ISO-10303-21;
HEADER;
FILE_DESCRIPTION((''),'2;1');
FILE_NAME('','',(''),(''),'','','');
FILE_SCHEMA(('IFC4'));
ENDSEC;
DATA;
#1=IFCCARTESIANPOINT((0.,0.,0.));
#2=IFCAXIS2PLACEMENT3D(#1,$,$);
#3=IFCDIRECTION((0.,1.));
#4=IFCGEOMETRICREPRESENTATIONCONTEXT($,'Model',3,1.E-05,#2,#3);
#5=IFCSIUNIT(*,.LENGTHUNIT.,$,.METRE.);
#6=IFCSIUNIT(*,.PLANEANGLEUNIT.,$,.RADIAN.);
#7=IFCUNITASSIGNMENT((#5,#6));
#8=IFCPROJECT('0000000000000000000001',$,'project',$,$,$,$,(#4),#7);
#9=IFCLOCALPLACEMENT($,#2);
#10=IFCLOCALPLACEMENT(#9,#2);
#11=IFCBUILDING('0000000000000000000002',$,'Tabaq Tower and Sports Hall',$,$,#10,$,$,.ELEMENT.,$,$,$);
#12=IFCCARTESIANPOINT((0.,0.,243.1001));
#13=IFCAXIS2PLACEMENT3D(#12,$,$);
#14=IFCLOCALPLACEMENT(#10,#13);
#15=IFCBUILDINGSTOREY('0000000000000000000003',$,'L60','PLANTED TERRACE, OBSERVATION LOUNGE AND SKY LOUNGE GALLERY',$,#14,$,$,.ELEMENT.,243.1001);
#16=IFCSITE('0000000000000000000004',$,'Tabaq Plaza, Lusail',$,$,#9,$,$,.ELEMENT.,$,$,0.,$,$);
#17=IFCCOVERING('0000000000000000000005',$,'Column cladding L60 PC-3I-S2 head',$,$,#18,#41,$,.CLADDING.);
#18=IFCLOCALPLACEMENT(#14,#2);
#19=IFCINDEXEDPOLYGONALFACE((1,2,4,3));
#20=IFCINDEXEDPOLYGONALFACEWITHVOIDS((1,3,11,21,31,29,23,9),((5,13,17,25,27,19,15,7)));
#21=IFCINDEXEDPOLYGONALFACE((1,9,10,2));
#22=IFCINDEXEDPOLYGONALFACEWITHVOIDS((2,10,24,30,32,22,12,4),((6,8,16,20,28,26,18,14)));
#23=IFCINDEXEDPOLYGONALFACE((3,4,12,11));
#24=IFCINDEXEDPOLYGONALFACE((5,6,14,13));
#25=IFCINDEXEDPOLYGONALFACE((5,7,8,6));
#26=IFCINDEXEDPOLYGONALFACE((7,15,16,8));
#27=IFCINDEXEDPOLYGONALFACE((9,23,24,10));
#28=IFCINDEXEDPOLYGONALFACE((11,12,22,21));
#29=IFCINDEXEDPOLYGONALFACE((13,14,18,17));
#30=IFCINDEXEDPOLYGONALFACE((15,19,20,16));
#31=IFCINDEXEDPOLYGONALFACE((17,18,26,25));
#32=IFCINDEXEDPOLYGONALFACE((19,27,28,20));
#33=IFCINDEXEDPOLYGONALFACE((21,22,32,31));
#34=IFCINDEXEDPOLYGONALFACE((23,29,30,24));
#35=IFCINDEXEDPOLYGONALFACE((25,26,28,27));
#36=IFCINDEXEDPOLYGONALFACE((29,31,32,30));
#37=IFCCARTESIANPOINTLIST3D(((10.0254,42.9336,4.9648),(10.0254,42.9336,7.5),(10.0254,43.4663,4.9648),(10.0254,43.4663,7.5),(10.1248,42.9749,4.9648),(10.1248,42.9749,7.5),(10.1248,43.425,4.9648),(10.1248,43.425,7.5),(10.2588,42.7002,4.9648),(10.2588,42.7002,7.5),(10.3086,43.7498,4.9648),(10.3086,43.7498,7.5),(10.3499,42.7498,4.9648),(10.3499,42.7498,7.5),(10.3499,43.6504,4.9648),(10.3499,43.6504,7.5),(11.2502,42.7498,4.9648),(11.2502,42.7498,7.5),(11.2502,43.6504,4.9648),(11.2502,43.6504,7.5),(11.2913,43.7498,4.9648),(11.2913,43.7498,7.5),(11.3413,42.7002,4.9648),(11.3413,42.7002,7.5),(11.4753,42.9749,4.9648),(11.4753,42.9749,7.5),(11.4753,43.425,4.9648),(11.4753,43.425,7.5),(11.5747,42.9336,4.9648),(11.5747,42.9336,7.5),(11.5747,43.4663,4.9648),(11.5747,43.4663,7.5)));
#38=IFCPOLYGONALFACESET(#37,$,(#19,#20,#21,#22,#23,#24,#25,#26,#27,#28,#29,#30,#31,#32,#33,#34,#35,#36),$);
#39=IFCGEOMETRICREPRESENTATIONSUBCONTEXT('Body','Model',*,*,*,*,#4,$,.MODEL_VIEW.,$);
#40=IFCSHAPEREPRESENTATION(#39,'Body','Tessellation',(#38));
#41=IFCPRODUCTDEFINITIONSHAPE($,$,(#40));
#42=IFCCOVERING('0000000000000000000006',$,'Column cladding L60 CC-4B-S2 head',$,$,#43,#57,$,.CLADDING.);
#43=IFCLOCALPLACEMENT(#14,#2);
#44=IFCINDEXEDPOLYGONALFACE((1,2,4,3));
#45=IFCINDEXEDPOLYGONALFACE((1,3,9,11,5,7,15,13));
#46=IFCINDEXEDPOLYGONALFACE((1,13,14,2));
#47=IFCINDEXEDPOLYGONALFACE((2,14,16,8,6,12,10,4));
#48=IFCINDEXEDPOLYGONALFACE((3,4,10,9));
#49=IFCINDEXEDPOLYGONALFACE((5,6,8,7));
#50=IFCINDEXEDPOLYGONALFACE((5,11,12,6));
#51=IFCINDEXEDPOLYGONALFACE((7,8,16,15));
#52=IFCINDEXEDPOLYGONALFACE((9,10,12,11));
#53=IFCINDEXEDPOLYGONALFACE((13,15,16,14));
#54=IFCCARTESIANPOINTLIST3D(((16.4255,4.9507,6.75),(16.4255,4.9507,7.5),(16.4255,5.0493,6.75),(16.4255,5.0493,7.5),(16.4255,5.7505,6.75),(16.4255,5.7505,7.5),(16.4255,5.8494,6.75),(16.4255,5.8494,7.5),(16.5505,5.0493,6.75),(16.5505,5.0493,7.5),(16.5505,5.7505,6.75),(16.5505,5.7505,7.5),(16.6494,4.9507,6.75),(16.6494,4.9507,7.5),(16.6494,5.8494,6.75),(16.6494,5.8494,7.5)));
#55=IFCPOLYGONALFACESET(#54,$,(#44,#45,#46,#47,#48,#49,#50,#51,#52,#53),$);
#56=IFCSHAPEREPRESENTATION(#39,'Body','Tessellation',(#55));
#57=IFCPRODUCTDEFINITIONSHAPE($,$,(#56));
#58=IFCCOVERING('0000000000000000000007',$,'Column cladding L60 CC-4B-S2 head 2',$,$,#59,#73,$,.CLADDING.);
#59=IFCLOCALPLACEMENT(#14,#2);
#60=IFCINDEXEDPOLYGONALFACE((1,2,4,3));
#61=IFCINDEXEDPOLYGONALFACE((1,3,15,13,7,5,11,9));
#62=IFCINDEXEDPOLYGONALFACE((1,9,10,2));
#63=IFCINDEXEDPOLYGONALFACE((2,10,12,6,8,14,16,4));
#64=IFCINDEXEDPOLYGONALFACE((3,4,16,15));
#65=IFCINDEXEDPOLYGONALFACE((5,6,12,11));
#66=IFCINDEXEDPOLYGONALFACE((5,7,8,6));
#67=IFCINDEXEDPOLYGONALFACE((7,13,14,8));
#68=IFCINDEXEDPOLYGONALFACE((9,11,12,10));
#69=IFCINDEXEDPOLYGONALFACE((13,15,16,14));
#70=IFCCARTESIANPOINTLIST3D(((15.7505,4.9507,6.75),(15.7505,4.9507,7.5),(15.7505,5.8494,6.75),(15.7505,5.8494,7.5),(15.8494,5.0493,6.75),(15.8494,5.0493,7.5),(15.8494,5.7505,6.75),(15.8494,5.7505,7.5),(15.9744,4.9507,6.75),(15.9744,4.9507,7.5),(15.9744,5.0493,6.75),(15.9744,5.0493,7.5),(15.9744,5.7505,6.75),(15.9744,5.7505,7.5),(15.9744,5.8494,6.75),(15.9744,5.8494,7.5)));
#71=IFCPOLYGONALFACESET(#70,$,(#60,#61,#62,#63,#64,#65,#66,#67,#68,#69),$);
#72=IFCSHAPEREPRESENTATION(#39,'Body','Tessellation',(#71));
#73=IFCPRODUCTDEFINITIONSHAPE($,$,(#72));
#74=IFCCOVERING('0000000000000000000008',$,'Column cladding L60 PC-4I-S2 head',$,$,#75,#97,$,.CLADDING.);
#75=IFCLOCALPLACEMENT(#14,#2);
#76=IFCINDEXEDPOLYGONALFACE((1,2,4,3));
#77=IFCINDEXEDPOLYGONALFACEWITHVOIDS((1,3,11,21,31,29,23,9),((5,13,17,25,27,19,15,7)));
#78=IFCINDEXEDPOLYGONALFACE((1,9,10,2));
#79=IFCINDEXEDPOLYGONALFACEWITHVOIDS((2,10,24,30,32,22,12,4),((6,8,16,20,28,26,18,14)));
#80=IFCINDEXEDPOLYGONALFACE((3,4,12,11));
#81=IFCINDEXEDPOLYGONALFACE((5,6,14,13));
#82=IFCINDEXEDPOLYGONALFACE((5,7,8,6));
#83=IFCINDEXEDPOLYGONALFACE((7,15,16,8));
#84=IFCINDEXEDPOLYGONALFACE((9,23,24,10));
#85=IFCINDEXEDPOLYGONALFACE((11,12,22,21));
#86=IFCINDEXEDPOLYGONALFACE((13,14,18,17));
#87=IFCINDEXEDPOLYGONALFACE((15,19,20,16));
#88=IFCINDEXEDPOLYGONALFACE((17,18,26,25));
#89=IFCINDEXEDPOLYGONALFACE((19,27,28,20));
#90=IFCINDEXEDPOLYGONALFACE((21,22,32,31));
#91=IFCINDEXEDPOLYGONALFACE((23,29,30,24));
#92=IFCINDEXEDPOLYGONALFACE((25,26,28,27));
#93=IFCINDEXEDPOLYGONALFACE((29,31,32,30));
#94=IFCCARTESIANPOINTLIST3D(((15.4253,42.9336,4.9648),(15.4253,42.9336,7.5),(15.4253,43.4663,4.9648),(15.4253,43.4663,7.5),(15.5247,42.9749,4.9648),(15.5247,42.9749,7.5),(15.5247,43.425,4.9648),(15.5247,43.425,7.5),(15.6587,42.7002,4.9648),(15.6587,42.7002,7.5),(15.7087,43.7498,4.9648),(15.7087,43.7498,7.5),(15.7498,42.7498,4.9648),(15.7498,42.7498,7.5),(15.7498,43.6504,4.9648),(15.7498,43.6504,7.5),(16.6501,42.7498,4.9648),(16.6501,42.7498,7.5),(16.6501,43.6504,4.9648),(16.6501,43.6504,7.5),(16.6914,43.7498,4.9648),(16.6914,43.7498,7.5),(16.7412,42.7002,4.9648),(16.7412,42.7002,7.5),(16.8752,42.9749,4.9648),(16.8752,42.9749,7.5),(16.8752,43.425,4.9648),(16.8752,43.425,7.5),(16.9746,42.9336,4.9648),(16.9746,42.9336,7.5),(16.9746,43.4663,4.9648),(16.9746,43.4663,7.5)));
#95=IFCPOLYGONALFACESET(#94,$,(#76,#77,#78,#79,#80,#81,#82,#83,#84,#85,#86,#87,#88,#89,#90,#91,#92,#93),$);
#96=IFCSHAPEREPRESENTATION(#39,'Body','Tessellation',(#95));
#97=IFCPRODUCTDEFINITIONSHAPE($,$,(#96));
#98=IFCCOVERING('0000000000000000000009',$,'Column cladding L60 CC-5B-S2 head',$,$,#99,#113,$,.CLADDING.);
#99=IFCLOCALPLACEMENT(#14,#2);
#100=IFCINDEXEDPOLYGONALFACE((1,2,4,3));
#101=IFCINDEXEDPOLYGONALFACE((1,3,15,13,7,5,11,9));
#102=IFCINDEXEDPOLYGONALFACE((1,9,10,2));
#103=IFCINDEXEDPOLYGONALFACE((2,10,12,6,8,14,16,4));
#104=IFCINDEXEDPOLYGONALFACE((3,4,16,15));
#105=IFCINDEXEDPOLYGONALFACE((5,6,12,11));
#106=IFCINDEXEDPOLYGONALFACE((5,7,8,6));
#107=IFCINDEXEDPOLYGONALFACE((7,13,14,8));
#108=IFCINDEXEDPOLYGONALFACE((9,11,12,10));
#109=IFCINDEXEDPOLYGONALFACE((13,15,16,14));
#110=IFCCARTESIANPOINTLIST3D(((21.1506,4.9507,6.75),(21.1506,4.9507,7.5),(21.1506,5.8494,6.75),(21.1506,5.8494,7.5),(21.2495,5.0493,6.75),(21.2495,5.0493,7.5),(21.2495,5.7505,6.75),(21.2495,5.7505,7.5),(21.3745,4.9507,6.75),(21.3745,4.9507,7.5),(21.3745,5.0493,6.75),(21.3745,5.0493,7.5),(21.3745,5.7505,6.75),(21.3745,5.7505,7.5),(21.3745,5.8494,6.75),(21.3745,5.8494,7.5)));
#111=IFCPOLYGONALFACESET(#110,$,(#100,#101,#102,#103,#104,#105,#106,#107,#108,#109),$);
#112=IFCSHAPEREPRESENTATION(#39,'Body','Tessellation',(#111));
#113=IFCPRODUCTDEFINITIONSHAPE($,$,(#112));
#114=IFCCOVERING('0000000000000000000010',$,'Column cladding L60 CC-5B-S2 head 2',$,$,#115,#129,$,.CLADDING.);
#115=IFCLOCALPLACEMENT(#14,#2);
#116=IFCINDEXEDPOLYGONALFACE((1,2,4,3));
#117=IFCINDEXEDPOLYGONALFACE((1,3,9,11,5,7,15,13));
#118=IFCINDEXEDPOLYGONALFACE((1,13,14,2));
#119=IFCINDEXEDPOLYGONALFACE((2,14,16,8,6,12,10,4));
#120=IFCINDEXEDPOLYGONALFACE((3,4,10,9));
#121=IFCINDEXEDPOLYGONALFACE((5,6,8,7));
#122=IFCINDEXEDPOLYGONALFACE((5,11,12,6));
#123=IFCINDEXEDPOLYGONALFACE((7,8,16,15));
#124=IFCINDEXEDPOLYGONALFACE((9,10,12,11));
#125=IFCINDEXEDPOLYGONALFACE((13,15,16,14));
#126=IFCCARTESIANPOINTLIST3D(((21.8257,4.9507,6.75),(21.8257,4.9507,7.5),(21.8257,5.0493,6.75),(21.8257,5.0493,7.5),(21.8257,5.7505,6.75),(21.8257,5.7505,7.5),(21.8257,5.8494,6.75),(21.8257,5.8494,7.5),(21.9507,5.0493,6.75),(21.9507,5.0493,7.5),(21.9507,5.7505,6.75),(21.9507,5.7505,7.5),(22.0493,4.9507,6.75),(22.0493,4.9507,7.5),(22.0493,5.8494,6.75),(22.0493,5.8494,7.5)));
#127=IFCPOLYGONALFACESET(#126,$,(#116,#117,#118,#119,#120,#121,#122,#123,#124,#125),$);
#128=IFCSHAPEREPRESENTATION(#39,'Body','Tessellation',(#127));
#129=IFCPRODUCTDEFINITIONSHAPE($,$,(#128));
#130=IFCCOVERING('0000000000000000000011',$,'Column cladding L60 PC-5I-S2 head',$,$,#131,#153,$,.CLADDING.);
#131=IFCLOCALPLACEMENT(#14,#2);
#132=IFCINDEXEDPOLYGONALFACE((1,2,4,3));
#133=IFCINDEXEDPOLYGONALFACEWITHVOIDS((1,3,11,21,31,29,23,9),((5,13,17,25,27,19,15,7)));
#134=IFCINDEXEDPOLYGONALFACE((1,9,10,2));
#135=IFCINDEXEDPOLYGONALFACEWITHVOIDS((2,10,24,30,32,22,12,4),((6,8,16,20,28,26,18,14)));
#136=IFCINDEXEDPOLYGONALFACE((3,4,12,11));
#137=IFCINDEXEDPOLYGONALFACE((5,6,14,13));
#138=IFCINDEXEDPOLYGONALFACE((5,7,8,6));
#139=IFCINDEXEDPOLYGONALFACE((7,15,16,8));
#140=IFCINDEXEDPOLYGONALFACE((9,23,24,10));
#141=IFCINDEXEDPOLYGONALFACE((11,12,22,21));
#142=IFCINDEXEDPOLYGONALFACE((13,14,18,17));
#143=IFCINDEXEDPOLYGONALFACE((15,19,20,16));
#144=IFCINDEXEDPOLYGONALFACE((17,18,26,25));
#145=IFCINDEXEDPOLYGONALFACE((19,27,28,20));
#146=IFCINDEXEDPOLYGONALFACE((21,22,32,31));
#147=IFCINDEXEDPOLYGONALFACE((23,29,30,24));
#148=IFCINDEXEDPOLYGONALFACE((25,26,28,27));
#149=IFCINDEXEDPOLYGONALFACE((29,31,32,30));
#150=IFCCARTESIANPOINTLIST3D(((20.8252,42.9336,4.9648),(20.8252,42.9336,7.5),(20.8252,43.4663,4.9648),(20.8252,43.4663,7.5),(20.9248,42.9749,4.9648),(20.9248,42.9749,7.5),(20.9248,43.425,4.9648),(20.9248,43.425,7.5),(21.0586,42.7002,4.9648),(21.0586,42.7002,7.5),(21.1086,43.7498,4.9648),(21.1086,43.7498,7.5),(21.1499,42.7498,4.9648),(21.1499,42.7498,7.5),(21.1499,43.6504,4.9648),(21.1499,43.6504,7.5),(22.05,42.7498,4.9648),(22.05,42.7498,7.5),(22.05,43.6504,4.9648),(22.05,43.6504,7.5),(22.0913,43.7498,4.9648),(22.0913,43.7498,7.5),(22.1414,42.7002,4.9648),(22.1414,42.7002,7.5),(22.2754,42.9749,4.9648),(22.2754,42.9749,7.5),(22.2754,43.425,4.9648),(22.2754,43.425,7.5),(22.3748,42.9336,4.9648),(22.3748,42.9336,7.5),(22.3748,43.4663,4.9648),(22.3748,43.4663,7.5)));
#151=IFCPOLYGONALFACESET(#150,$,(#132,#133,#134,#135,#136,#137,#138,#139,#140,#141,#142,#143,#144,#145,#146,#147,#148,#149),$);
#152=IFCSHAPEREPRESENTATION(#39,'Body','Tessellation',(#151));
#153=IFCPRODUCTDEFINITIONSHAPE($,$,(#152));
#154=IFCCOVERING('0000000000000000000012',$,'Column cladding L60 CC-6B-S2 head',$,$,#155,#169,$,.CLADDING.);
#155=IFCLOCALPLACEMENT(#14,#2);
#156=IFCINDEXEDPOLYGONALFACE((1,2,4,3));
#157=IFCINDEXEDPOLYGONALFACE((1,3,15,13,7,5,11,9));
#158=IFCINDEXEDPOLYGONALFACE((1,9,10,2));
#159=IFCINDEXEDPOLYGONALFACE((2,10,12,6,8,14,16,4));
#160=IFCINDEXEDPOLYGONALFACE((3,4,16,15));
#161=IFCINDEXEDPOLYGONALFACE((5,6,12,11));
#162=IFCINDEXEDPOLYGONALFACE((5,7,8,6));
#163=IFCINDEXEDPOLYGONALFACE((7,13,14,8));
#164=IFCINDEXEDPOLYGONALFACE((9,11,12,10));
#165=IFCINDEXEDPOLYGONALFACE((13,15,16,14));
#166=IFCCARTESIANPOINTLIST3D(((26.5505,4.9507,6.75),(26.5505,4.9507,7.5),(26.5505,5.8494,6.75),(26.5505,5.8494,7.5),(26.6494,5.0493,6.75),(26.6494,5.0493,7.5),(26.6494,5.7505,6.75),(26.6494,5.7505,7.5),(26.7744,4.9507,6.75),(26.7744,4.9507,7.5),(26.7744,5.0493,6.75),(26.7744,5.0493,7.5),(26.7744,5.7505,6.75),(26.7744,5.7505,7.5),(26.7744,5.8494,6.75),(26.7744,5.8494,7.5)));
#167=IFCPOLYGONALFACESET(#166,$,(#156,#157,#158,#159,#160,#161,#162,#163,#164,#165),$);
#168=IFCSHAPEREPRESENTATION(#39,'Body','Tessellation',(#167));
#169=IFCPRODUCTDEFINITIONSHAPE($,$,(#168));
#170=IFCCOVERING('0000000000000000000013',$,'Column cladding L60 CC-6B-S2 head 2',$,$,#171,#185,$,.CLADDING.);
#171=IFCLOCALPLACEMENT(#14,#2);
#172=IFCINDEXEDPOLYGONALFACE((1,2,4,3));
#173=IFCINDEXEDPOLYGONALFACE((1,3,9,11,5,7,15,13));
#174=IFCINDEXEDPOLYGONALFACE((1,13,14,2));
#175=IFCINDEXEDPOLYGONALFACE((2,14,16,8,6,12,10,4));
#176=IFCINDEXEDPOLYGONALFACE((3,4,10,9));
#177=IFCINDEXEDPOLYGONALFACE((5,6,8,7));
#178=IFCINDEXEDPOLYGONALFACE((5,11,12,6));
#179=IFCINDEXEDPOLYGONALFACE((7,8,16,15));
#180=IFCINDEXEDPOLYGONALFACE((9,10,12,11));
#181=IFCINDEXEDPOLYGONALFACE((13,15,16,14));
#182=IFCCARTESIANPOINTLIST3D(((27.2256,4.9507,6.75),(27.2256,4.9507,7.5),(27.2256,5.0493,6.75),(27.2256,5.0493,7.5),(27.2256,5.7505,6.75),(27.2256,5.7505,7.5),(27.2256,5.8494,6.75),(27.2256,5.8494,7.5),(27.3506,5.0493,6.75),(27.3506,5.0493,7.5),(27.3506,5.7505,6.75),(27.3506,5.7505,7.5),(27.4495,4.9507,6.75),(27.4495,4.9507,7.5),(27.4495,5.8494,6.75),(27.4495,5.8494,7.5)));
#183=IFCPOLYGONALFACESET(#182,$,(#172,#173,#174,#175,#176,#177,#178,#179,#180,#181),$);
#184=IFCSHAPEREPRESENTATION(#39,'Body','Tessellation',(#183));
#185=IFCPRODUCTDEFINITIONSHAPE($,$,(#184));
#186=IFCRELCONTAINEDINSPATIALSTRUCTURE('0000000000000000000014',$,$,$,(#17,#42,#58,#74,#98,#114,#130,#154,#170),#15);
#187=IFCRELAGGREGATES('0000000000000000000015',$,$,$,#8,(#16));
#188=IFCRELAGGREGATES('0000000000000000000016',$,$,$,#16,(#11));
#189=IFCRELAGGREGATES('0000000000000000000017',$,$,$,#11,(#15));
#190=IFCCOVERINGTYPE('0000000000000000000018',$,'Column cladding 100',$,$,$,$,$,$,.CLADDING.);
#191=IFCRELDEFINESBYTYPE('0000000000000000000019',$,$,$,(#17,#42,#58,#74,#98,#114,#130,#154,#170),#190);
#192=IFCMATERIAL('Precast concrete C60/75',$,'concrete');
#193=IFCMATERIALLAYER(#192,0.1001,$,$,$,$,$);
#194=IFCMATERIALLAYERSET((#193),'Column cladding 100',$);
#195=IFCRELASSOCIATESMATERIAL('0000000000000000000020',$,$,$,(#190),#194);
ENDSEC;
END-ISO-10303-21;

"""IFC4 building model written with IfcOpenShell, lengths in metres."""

from ifc_helpers import new_model, si_unit, direction, frame, origin, place, context, subcontext, project, spatial, polyline, outline, extrude, material, layer, layer_set, type_object, element, save


model = new_model("IFC4")

# Units and contexts
model_context = context("Model", 3, precision=1e-05, world=origin(), true_north=direction((0.0, 1.0)))
body_context = subcontext(model_context, "Body", "Model", "MODEL_VIEW")
ifc_project = project(units=[si_unit("LENGTHUNIT", "METRE"), si_unit("PLANEANGLEUNIT", "RADIAN")], contexts=[model_context])

# Site, building, storey
site_placement = place(None, origin())
site = spatial("IfcSite", under=ifc_project, at=site_placement, Name="Tabaq Plaza, Lusail", CompositionType="ELEMENT", RefElevation=0.0)
building_placement = place(site_placement, origin())
building = spatial("IfcBuilding", under=site, at=building_placement, Name="Tabaq Tower and Sports Hall", CompositionType="ELEMENT")
storey_placement = place(building_placement, frame((0.0, 0.0, 243.1001)))
storey = spatial("IfcBuildingStorey", under=building, at=storey_placement, Name="L60", Description="PLANTED TERRACE, OBSERVATION LOUNGE AND SKY LOUNGE GALLERY", CompositionType="ELEMENT", Elevation=243.1001)

# Coverings
ifc_material_1 = material(Name="Precast concrete C60/75", Category="concrete")
ifc_layer_1 = layer(ifc_material_1, 0.1001)
ifc_layer_set_1 = layer_set([ifc_layer_1], Name="Column cladding 100")
covering_type = type_object("IfcCoveringType", Name="Column cladding 100", PredefinedType="CLADDING", material=ifc_layer_set_1)
covering_1_placement = place(storey_placement, frame((0.0, 0.0, 4.9648)))
element("IfcCovering", 1, at=covering_1_placement, inside=storey, type_object=covering_type, Name="Column cladding L60 PC-3I-S2 head", PredefinedType="CLADDING", context=body_context, shape_type="SweptSolid", body=[
    extrude(outline(polyline([(10.3086, 43.7498), (11.2913, 43.7498), (11.5747, 43.4663), (11.5747, 42.9336), (11.3413, 42.7002), (10.2588, 42.7002), (10.0254, 42.9336), (10.0254, 43.4663), (10.3086, 43.7498)]), holes=[polyline([(11.4753, 43.425), (11.2502, 43.6504), (10.3499, 43.6504), (10.1248, 43.425), (10.1248, 42.9749), (10.3499, 42.7498), (11.2502, 42.7498), (11.4753, 42.9749), (11.4753, 43.425)])]), origin(), (0.0, 0.0, 1.0), 2.5352),
])
covering_2_placement = place(storey_placement, frame((0.0, 0.0, 6.75)))
element("IfcCovering", 2, at=covering_2_placement, inside=storey, type_object=covering_type, Name="Column cladding L60 CC-4B-S2 head", PredefinedType="CLADDING", context=body_context, shape_type="SweptSolid", body=[
    extrude(outline(polyline([(16.4255, 5.0493), (16.5505, 5.0493), (16.5505, 5.7505), (16.4255, 5.7505), (16.4255, 5.8494), (16.6494, 5.8494), (16.6494, 4.9507), (16.4255, 4.9507), (16.4255, 5.0493)])), origin(), (0.0, 0.0, 1.0), 0.75),
])
covering_3_placement = place(storey_placement, frame((0.0, 0.0, 6.75)))
element("IfcCovering", 3, at=covering_3_placement, inside=storey, type_object=covering_type, Name="Column cladding L60 CC-4B-S2 head 2", PredefinedType="CLADDING", context=body_context, shape_type="SweptSolid", body=[
    extrude(outline(polyline([(15.9744, 5.0493), (15.9744, 4.9507), (15.7505, 4.9507), (15.7505, 5.8494), (15.9744, 5.8494), (15.9744, 5.7505), (15.8494, 5.7505), (15.8494, 5.0493), (15.9744, 5.0493)])), origin(), (0.0, 0.0, 1.0), 0.75),
])
covering_4_placement = place(storey_placement, frame((0.0, 0.0, 4.9648)))
element("IfcCovering", 4, at=covering_4_placement, inside=storey, type_object=covering_type, Name="Column cladding L60 PC-4I-S2 head", PredefinedType="CLADDING", context=body_context, shape_type="SweptSolid", body=[
    extrude(outline(polyline([(15.7087, 43.7498), (16.6914, 43.7498), (16.9746, 43.4663), (16.9746, 42.9336), (16.7412, 42.7002), (15.6587, 42.7002), (15.4253, 42.9336), (15.4253, 43.4663), (15.7087, 43.7498)]), holes=[polyline([(16.8752, 43.425), (16.6501, 43.6504), (15.7498, 43.6504), (15.5247, 43.425), (15.5247, 42.9749), (15.7498, 42.7498), (16.6501, 42.7498), (16.8752, 42.9749), (16.8752, 43.425)])]), origin(), (0.0, 0.0, 1.0), 2.5352),
])
covering_5_placement = place(storey_placement, frame((0.0, 0.0, 6.75)))
element("IfcCovering", 5, at=covering_5_placement, inside=storey, type_object=covering_type, Name="Column cladding L60 CC-5B-S2 head", PredefinedType="CLADDING", context=body_context, shape_type="SweptSolid", body=[
    extrude(outline(polyline([(21.3745, 5.0493), (21.3745, 4.9507), (21.1506, 4.9507), (21.1506, 5.8494), (21.3745, 5.8494), (21.3745, 5.7505), (21.2495, 5.7505), (21.2495, 5.0493), (21.3745, 5.0493)])), origin(), (0.0, 0.0, 1.0), 0.75),
])
covering_6_placement = place(storey_placement, frame((0.0, 0.0, 6.75)))
element("IfcCovering", 6, at=covering_6_placement, inside=storey, type_object=covering_type, Name="Column cladding L60 CC-5B-S2 head 2", PredefinedType="CLADDING", context=body_context, shape_type="SweptSolid", body=[
    extrude(outline(polyline([(21.8257, 5.0493), (21.9507, 5.0493), (21.9507, 5.7505), (21.8257, 5.7505), (21.8257, 5.8494), (22.0493, 5.8494), (22.0493, 4.9507), (21.8257, 4.9507), (21.8257, 5.0493)])), origin(), (0.0, 0.0, 1.0), 0.75),
])
covering_7_placement = place(storey_placement, frame((0.0, 0.0, 4.9648)))
element("IfcCovering", 7, at=covering_7_placement, inside=storey, type_object=covering_type, Name="Column cladding L60 PC-5I-S2 head", PredefinedType="CLADDING", context=body_context, shape_type="SweptSolid", body=[
    extrude(outline(polyline([(21.1086, 43.7498), (22.0913, 43.7498), (22.3748, 43.4663), (22.3748, 42.9336), (22.1414, 42.7002), (21.0586, 42.7002), (20.8252, 42.9336), (20.8252, 43.4663), (21.1086, 43.7498)]), holes=[polyline([(22.2754, 43.425), (22.05, 43.6504), (21.1499, 43.6504), (20.9248, 43.425), (20.9248, 42.9749), (21.1499, 42.7498), (22.05, 42.7498), (22.2754, 42.9749), (22.2754, 43.425)])]), origin(), (0.0, 0.0, 1.0), 2.5352),
])
covering_8_placement = place(storey_placement, frame((0.0, 0.0, 6.75)))
element("IfcCovering", 8, at=covering_8_placement, inside=storey, type_object=covering_type, Name="Column cladding L60 CC-6B-S2 head", PredefinedType="CLADDING", context=body_context, shape_type="SweptSolid", body=[
    extrude(outline(polyline([(26.7744, 5.0493), (26.7744, 4.9507), (26.5505, 4.9507), (26.5505, 5.8494), (26.7744, 5.8494), (26.7744, 5.7505), (26.6494, 5.7505), (26.6494, 5.0493), (26.7744, 5.0493)])), origin(), (0.0, 0.0, 1.0), 0.75),
])
covering_9_placement = place(storey_placement, frame((0.0, 0.0, 6.75)))
element("IfcCovering", 9, at=covering_9_placement, inside=storey, type_object=covering_type, Name="Column cladding L60 CC-6B-S2 head 2", PredefinedType="CLADDING", context=body_context, shape_type="SweptSolid", body=[
    extrude(outline(polyline([(27.2256, 5.0493), (27.3506, 5.0493), (27.3506, 5.7505), (27.2256, 5.7505), (27.2256, 5.8494), (27.4495, 5.8494), (27.4495, 4.9507), (27.2256, 4.9507), (27.2256, 5.0493)])), origin(), (0.0, 0.0, 1.0), 0.75),
])

save(model, "model.ifc")
